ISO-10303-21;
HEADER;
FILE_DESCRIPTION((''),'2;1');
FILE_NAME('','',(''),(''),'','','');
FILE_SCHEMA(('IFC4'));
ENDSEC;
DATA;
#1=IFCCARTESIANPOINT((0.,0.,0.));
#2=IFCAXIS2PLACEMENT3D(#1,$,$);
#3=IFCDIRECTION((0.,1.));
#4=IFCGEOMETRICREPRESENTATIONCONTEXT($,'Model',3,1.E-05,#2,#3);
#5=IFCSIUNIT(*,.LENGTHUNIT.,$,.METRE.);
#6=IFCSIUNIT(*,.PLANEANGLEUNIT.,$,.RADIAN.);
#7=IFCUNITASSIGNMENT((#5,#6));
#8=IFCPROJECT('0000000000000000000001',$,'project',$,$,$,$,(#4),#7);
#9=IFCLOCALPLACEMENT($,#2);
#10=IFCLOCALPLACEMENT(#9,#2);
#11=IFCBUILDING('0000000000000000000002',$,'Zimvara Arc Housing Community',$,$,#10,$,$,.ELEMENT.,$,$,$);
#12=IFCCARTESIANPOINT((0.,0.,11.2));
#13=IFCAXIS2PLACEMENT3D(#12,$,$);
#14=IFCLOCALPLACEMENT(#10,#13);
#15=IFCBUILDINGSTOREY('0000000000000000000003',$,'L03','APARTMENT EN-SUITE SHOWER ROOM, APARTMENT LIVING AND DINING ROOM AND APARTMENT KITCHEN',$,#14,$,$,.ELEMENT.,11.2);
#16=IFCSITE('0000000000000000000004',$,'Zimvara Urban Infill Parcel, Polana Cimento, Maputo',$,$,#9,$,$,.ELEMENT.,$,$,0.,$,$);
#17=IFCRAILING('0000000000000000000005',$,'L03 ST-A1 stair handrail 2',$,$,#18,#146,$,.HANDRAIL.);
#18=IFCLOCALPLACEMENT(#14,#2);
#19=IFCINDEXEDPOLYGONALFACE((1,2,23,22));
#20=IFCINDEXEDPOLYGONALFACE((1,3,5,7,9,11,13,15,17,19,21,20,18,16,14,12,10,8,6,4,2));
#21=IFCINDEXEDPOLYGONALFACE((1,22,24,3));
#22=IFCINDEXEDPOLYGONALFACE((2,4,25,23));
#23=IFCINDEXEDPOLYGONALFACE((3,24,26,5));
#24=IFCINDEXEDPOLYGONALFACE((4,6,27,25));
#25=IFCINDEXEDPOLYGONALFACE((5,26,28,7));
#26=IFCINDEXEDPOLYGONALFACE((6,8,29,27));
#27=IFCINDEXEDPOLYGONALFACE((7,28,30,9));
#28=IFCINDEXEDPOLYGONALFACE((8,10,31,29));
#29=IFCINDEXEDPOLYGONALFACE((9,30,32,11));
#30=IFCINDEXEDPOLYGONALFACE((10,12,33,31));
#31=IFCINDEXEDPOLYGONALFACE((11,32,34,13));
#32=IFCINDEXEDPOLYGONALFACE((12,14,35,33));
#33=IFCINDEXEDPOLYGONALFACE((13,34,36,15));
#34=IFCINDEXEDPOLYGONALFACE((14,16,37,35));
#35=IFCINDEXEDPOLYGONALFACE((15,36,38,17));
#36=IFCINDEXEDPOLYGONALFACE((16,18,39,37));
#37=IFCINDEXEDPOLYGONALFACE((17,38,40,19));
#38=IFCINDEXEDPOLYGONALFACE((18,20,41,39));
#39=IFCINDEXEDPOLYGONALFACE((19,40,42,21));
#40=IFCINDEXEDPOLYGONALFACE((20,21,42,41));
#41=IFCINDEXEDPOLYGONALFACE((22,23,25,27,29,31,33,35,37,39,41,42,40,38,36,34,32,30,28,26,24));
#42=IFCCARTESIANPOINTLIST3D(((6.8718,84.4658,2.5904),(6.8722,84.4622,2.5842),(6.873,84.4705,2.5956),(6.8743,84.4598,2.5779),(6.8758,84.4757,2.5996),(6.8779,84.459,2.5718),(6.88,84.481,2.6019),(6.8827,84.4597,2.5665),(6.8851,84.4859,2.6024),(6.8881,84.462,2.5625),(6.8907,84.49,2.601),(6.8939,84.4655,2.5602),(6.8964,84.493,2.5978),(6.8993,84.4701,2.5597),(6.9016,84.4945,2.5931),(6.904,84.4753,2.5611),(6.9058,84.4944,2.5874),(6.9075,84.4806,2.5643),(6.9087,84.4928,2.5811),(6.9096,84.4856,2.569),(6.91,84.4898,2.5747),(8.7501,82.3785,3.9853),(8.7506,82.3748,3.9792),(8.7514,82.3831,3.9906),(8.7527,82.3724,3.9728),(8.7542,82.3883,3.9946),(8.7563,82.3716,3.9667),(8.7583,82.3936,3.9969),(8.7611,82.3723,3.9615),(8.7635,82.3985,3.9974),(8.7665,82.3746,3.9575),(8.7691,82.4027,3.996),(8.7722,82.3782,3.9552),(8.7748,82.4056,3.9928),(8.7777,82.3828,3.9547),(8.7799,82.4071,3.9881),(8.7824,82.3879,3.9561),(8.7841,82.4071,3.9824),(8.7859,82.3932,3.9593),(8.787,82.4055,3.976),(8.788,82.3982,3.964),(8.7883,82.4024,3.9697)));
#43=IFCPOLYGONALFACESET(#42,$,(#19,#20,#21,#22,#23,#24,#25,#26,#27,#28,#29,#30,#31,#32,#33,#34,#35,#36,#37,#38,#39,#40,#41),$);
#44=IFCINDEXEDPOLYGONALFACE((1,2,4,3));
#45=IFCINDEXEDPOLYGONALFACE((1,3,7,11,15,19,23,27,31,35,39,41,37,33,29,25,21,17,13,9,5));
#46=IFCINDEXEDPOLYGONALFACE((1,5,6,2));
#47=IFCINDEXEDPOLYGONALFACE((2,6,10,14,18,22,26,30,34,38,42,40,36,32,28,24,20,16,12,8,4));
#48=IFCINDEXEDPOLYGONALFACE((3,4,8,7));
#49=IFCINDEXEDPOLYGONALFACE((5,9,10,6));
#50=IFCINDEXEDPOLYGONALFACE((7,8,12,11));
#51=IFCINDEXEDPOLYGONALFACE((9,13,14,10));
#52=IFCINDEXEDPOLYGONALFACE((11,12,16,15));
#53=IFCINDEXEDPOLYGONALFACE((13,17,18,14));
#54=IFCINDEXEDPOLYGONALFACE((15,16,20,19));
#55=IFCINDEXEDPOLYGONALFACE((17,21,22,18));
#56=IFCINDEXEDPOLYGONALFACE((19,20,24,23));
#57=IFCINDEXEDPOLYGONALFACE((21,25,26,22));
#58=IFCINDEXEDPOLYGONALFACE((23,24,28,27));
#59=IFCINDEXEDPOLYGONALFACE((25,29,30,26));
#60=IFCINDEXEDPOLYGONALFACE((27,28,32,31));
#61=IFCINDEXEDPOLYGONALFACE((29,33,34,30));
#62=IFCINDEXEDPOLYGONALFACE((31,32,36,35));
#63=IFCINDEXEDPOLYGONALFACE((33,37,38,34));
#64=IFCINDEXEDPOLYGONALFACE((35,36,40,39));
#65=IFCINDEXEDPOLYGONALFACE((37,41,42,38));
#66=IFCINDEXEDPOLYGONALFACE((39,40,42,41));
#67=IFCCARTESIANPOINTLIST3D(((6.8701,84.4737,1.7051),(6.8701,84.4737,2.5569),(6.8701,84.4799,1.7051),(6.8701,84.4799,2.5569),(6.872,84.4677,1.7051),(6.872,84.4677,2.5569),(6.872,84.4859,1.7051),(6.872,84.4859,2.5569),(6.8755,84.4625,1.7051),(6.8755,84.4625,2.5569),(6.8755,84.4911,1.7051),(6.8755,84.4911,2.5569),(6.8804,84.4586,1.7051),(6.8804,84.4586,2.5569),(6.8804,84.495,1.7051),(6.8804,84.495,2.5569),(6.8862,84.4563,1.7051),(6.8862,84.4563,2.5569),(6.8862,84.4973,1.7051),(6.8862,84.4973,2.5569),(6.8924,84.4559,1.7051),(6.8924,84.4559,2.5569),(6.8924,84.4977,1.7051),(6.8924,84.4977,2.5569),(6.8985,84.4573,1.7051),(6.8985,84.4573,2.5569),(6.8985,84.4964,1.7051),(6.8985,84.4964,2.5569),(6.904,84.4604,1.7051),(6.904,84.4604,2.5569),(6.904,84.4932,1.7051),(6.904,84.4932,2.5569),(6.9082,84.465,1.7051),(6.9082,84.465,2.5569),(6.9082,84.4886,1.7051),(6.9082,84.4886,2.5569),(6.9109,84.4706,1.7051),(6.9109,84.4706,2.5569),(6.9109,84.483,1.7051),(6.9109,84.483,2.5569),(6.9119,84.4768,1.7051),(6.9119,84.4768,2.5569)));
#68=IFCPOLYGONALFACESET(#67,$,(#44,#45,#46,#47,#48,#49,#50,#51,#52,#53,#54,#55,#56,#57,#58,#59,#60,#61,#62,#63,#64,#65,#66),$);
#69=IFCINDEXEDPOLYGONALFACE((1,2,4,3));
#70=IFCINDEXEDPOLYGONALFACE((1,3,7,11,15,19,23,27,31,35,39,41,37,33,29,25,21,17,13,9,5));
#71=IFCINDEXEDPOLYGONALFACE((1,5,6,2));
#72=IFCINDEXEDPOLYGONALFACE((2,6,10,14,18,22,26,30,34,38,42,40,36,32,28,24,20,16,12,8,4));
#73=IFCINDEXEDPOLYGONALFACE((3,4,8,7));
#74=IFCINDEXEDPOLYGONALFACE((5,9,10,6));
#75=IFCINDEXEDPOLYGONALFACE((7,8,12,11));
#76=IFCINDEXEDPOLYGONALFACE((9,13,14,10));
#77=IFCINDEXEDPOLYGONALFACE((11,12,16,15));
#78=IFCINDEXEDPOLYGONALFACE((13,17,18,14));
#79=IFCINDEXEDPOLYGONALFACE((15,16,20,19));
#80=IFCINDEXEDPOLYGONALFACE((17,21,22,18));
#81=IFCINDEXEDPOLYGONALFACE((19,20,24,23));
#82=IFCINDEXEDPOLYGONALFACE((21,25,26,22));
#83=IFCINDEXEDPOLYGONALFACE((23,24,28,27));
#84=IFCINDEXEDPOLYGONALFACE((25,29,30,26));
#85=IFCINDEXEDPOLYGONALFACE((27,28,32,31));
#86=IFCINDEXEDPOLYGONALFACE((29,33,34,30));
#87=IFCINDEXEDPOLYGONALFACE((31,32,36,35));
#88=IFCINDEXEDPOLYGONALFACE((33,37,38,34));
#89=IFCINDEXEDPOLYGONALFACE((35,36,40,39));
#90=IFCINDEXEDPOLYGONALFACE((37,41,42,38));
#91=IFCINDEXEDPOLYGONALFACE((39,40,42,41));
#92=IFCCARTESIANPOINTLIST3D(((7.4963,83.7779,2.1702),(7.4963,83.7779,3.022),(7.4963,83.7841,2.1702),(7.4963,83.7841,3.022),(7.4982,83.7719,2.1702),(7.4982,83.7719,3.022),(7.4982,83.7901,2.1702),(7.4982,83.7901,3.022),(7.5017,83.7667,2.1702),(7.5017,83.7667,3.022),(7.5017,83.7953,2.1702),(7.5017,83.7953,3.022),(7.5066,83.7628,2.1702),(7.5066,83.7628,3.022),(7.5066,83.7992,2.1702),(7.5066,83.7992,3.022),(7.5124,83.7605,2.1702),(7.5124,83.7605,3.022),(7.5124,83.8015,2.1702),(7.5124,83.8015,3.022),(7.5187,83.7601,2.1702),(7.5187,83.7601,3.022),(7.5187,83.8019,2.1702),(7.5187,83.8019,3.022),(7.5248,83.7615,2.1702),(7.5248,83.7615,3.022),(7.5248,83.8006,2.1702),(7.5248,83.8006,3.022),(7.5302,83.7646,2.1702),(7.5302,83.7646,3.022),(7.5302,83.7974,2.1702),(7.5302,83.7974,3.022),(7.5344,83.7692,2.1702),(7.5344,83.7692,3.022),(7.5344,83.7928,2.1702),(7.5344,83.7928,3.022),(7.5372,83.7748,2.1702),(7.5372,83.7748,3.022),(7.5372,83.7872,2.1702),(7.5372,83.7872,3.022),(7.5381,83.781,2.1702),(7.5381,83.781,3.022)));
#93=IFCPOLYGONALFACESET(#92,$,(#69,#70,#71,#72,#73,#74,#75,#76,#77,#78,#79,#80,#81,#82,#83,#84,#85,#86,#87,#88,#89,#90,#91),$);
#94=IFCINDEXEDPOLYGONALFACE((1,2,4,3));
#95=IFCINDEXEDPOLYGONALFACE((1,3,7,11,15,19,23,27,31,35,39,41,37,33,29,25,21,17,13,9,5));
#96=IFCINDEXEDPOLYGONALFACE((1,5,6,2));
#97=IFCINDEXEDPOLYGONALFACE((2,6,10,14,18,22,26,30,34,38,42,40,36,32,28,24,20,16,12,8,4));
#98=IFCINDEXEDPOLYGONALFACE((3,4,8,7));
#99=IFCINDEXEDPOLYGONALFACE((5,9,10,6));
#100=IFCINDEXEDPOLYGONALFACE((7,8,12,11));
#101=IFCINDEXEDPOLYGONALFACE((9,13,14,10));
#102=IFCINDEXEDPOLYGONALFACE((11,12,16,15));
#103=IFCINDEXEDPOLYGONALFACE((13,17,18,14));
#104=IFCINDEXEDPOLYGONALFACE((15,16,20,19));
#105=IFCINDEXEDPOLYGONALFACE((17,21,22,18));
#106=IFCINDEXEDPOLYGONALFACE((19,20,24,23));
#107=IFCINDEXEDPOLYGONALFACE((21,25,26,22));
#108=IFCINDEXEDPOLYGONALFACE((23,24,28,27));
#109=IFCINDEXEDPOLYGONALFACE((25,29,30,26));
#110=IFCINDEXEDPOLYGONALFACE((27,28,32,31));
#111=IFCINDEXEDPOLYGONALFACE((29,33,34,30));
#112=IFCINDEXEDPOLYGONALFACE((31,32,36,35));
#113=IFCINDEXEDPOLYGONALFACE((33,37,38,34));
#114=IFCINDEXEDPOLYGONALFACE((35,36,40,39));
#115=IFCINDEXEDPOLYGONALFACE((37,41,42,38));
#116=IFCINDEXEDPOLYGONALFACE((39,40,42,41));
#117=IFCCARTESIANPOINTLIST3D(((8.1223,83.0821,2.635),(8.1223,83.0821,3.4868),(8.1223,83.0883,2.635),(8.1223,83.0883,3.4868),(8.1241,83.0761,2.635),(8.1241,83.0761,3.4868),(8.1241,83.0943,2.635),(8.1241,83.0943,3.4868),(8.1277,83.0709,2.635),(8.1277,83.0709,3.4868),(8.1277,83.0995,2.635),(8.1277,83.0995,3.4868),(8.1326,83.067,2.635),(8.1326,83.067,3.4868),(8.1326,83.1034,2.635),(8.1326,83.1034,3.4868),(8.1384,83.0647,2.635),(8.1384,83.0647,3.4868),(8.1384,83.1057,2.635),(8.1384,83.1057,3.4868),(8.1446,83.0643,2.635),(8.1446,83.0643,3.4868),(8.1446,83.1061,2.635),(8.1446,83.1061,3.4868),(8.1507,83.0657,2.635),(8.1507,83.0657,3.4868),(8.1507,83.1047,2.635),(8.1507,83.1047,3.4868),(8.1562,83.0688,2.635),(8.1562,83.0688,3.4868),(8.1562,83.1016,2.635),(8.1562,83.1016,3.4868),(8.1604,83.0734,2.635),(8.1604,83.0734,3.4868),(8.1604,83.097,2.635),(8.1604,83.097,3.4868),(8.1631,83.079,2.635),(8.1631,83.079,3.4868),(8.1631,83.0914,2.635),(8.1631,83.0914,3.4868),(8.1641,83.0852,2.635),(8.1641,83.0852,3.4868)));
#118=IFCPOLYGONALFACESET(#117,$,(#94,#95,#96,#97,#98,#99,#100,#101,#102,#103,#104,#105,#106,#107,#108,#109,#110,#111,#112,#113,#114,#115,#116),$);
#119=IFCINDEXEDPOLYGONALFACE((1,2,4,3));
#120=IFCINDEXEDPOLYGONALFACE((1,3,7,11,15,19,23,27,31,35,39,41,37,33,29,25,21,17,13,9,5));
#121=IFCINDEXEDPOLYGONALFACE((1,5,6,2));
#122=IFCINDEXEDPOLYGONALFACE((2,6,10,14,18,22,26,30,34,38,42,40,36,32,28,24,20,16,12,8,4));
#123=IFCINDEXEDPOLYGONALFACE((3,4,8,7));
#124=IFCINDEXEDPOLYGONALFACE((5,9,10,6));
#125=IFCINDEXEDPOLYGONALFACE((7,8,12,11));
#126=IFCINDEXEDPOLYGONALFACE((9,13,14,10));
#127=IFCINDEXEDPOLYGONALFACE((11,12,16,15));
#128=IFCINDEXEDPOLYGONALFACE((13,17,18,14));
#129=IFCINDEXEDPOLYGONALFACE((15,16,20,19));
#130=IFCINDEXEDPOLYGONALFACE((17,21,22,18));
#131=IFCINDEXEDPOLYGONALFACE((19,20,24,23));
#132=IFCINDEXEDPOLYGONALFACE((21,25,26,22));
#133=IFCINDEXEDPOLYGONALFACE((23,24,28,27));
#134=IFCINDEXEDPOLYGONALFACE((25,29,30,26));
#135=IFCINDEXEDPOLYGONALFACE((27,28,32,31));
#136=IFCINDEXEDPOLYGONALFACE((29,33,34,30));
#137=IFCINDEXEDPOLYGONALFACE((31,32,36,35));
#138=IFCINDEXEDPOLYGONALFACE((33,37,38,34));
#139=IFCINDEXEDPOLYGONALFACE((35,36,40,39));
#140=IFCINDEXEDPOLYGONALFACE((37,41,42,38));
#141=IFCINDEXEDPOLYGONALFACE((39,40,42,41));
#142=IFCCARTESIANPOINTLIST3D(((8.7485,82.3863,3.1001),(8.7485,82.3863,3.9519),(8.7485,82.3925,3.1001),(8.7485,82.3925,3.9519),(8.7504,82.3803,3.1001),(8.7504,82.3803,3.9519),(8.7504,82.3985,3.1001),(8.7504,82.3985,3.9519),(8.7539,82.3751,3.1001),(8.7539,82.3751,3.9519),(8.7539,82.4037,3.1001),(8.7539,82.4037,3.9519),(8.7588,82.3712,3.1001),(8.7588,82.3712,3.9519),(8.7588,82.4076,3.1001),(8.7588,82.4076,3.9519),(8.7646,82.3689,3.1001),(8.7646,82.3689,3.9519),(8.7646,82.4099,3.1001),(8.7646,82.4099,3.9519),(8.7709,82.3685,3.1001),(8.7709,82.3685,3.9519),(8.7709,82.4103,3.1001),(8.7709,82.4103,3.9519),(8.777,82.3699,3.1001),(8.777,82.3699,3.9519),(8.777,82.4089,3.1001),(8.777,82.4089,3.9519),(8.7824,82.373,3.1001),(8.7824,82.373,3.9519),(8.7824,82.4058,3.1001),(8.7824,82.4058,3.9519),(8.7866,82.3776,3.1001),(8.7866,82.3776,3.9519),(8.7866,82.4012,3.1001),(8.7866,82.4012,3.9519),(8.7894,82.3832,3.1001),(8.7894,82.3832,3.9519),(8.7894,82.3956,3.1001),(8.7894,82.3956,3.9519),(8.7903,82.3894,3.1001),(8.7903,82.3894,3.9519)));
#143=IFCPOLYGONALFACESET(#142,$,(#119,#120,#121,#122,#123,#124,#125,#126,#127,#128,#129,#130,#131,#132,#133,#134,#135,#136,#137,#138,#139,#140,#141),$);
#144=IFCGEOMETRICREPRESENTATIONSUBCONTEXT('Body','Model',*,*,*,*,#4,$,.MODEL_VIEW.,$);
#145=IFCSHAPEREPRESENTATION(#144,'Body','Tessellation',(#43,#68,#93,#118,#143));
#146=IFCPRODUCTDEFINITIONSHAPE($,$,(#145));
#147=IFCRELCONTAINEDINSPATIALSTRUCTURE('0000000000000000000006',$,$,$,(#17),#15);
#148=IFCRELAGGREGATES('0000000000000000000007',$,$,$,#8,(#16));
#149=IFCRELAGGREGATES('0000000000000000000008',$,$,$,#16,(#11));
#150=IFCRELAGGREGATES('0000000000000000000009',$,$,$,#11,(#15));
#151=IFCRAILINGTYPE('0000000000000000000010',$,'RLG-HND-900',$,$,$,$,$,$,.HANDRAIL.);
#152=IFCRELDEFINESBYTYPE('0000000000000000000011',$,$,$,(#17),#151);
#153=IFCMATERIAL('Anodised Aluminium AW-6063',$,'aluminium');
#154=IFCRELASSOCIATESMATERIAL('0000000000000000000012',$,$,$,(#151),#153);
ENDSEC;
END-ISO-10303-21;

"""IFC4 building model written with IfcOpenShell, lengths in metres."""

from ifc_helpers import new_model, si_unit, direction, frame, origin, origin_2d, place, context, subcontext, project, spatial, circle, extrude, material, type_object, element, save


model = new_model("IFC4")

# Units and contexts
model_context = context("Model", 3, precision=1e-05, world=origin(), true_north=direction((0.0, 1.0)))
body_context = subcontext(model_context, "Body", "Model", "MODEL_VIEW")
ifc_project = project(units=[si_unit("LENGTHUNIT", "METRE"), si_unit("PLANEANGLEUNIT", "RADIAN")], contexts=[model_context])

# Site, building, storey
site_placement = place(None, origin())
site = spatial("IfcSite", under=ifc_project, at=site_placement, Name="Zimvara Urban Infill Parcel, Polana Cimento, Maputo", CompositionType="ELEMENT", RefElevation=0.0)
building_placement = place(site_placement, origin())
building = spatial("IfcBuilding", under=site, at=building_placement, Name="Zimvara Arc Housing Community", CompositionType="ELEMENT")
storey_placement = place(building_placement, frame((0.0, 0.0, 11.2)))
storey = spatial("IfcBuildingStorey", under=building, at=storey_placement, Name="L03", Description="APARTMENT EN-SUITE SHOWER ROOM, APARTMENT LIVING AND DINING ROOM AND APARTMENT KITCHEN", CompositionType="ELEMENT", Elevation=11.2)

# Railing
ifc_material_1 = material(Name="Anodised Aluminium AW-6063", Category="aluminium")
railing_type_1 = type_object("IfcRailingType", Name="RLG-HND-900", PredefinedType="HANDRAIL", material=ifc_material_1)
railing_1_placement = place(storey_placement, frame((6.8909, 84.4768, 1.7051)))
element("IfcRailing", 1, at=railing_1_placement, inside=storey, type_object=railing_type_1, Name="L03 ST-A1 stair handrail 2", PredefinedType="HANDRAIL", context=body_context, shape_type="SweptSolid", body=[
    extrude(circle(Radius=0.0239, at=origin_2d()), frame((0.0, 0.0, 0.876), z_axis=(0.599068, -0.665718, 0.444902), x_axis=(0.743337, 0.668917, 0.0)), (0.0, 0.0, 1.0), 3.1355),
    extrude(circle(Radius=0.021, at=origin_2d()), origin(), (0.0, 0.0, 1.0), 0.8518),
    extrude(circle(Radius=0.021, at=origin_2d()), frame((0.6262, -0.6958, 0.4651)), (0.0, 0.0, 1.0), 0.8518),
    extrude(circle(Radius=0.021, at=origin_2d()), frame((1.2522, -1.3916, 0.9299)), (0.0, 0.0, 1.0), 0.8518),
    extrude(circle(Radius=0.021, at=origin_2d()), frame((1.8784, -2.0874, 1.395)), (0.0, 0.0, 1.0), 0.8518),
])

save(model, "model.ifc")
